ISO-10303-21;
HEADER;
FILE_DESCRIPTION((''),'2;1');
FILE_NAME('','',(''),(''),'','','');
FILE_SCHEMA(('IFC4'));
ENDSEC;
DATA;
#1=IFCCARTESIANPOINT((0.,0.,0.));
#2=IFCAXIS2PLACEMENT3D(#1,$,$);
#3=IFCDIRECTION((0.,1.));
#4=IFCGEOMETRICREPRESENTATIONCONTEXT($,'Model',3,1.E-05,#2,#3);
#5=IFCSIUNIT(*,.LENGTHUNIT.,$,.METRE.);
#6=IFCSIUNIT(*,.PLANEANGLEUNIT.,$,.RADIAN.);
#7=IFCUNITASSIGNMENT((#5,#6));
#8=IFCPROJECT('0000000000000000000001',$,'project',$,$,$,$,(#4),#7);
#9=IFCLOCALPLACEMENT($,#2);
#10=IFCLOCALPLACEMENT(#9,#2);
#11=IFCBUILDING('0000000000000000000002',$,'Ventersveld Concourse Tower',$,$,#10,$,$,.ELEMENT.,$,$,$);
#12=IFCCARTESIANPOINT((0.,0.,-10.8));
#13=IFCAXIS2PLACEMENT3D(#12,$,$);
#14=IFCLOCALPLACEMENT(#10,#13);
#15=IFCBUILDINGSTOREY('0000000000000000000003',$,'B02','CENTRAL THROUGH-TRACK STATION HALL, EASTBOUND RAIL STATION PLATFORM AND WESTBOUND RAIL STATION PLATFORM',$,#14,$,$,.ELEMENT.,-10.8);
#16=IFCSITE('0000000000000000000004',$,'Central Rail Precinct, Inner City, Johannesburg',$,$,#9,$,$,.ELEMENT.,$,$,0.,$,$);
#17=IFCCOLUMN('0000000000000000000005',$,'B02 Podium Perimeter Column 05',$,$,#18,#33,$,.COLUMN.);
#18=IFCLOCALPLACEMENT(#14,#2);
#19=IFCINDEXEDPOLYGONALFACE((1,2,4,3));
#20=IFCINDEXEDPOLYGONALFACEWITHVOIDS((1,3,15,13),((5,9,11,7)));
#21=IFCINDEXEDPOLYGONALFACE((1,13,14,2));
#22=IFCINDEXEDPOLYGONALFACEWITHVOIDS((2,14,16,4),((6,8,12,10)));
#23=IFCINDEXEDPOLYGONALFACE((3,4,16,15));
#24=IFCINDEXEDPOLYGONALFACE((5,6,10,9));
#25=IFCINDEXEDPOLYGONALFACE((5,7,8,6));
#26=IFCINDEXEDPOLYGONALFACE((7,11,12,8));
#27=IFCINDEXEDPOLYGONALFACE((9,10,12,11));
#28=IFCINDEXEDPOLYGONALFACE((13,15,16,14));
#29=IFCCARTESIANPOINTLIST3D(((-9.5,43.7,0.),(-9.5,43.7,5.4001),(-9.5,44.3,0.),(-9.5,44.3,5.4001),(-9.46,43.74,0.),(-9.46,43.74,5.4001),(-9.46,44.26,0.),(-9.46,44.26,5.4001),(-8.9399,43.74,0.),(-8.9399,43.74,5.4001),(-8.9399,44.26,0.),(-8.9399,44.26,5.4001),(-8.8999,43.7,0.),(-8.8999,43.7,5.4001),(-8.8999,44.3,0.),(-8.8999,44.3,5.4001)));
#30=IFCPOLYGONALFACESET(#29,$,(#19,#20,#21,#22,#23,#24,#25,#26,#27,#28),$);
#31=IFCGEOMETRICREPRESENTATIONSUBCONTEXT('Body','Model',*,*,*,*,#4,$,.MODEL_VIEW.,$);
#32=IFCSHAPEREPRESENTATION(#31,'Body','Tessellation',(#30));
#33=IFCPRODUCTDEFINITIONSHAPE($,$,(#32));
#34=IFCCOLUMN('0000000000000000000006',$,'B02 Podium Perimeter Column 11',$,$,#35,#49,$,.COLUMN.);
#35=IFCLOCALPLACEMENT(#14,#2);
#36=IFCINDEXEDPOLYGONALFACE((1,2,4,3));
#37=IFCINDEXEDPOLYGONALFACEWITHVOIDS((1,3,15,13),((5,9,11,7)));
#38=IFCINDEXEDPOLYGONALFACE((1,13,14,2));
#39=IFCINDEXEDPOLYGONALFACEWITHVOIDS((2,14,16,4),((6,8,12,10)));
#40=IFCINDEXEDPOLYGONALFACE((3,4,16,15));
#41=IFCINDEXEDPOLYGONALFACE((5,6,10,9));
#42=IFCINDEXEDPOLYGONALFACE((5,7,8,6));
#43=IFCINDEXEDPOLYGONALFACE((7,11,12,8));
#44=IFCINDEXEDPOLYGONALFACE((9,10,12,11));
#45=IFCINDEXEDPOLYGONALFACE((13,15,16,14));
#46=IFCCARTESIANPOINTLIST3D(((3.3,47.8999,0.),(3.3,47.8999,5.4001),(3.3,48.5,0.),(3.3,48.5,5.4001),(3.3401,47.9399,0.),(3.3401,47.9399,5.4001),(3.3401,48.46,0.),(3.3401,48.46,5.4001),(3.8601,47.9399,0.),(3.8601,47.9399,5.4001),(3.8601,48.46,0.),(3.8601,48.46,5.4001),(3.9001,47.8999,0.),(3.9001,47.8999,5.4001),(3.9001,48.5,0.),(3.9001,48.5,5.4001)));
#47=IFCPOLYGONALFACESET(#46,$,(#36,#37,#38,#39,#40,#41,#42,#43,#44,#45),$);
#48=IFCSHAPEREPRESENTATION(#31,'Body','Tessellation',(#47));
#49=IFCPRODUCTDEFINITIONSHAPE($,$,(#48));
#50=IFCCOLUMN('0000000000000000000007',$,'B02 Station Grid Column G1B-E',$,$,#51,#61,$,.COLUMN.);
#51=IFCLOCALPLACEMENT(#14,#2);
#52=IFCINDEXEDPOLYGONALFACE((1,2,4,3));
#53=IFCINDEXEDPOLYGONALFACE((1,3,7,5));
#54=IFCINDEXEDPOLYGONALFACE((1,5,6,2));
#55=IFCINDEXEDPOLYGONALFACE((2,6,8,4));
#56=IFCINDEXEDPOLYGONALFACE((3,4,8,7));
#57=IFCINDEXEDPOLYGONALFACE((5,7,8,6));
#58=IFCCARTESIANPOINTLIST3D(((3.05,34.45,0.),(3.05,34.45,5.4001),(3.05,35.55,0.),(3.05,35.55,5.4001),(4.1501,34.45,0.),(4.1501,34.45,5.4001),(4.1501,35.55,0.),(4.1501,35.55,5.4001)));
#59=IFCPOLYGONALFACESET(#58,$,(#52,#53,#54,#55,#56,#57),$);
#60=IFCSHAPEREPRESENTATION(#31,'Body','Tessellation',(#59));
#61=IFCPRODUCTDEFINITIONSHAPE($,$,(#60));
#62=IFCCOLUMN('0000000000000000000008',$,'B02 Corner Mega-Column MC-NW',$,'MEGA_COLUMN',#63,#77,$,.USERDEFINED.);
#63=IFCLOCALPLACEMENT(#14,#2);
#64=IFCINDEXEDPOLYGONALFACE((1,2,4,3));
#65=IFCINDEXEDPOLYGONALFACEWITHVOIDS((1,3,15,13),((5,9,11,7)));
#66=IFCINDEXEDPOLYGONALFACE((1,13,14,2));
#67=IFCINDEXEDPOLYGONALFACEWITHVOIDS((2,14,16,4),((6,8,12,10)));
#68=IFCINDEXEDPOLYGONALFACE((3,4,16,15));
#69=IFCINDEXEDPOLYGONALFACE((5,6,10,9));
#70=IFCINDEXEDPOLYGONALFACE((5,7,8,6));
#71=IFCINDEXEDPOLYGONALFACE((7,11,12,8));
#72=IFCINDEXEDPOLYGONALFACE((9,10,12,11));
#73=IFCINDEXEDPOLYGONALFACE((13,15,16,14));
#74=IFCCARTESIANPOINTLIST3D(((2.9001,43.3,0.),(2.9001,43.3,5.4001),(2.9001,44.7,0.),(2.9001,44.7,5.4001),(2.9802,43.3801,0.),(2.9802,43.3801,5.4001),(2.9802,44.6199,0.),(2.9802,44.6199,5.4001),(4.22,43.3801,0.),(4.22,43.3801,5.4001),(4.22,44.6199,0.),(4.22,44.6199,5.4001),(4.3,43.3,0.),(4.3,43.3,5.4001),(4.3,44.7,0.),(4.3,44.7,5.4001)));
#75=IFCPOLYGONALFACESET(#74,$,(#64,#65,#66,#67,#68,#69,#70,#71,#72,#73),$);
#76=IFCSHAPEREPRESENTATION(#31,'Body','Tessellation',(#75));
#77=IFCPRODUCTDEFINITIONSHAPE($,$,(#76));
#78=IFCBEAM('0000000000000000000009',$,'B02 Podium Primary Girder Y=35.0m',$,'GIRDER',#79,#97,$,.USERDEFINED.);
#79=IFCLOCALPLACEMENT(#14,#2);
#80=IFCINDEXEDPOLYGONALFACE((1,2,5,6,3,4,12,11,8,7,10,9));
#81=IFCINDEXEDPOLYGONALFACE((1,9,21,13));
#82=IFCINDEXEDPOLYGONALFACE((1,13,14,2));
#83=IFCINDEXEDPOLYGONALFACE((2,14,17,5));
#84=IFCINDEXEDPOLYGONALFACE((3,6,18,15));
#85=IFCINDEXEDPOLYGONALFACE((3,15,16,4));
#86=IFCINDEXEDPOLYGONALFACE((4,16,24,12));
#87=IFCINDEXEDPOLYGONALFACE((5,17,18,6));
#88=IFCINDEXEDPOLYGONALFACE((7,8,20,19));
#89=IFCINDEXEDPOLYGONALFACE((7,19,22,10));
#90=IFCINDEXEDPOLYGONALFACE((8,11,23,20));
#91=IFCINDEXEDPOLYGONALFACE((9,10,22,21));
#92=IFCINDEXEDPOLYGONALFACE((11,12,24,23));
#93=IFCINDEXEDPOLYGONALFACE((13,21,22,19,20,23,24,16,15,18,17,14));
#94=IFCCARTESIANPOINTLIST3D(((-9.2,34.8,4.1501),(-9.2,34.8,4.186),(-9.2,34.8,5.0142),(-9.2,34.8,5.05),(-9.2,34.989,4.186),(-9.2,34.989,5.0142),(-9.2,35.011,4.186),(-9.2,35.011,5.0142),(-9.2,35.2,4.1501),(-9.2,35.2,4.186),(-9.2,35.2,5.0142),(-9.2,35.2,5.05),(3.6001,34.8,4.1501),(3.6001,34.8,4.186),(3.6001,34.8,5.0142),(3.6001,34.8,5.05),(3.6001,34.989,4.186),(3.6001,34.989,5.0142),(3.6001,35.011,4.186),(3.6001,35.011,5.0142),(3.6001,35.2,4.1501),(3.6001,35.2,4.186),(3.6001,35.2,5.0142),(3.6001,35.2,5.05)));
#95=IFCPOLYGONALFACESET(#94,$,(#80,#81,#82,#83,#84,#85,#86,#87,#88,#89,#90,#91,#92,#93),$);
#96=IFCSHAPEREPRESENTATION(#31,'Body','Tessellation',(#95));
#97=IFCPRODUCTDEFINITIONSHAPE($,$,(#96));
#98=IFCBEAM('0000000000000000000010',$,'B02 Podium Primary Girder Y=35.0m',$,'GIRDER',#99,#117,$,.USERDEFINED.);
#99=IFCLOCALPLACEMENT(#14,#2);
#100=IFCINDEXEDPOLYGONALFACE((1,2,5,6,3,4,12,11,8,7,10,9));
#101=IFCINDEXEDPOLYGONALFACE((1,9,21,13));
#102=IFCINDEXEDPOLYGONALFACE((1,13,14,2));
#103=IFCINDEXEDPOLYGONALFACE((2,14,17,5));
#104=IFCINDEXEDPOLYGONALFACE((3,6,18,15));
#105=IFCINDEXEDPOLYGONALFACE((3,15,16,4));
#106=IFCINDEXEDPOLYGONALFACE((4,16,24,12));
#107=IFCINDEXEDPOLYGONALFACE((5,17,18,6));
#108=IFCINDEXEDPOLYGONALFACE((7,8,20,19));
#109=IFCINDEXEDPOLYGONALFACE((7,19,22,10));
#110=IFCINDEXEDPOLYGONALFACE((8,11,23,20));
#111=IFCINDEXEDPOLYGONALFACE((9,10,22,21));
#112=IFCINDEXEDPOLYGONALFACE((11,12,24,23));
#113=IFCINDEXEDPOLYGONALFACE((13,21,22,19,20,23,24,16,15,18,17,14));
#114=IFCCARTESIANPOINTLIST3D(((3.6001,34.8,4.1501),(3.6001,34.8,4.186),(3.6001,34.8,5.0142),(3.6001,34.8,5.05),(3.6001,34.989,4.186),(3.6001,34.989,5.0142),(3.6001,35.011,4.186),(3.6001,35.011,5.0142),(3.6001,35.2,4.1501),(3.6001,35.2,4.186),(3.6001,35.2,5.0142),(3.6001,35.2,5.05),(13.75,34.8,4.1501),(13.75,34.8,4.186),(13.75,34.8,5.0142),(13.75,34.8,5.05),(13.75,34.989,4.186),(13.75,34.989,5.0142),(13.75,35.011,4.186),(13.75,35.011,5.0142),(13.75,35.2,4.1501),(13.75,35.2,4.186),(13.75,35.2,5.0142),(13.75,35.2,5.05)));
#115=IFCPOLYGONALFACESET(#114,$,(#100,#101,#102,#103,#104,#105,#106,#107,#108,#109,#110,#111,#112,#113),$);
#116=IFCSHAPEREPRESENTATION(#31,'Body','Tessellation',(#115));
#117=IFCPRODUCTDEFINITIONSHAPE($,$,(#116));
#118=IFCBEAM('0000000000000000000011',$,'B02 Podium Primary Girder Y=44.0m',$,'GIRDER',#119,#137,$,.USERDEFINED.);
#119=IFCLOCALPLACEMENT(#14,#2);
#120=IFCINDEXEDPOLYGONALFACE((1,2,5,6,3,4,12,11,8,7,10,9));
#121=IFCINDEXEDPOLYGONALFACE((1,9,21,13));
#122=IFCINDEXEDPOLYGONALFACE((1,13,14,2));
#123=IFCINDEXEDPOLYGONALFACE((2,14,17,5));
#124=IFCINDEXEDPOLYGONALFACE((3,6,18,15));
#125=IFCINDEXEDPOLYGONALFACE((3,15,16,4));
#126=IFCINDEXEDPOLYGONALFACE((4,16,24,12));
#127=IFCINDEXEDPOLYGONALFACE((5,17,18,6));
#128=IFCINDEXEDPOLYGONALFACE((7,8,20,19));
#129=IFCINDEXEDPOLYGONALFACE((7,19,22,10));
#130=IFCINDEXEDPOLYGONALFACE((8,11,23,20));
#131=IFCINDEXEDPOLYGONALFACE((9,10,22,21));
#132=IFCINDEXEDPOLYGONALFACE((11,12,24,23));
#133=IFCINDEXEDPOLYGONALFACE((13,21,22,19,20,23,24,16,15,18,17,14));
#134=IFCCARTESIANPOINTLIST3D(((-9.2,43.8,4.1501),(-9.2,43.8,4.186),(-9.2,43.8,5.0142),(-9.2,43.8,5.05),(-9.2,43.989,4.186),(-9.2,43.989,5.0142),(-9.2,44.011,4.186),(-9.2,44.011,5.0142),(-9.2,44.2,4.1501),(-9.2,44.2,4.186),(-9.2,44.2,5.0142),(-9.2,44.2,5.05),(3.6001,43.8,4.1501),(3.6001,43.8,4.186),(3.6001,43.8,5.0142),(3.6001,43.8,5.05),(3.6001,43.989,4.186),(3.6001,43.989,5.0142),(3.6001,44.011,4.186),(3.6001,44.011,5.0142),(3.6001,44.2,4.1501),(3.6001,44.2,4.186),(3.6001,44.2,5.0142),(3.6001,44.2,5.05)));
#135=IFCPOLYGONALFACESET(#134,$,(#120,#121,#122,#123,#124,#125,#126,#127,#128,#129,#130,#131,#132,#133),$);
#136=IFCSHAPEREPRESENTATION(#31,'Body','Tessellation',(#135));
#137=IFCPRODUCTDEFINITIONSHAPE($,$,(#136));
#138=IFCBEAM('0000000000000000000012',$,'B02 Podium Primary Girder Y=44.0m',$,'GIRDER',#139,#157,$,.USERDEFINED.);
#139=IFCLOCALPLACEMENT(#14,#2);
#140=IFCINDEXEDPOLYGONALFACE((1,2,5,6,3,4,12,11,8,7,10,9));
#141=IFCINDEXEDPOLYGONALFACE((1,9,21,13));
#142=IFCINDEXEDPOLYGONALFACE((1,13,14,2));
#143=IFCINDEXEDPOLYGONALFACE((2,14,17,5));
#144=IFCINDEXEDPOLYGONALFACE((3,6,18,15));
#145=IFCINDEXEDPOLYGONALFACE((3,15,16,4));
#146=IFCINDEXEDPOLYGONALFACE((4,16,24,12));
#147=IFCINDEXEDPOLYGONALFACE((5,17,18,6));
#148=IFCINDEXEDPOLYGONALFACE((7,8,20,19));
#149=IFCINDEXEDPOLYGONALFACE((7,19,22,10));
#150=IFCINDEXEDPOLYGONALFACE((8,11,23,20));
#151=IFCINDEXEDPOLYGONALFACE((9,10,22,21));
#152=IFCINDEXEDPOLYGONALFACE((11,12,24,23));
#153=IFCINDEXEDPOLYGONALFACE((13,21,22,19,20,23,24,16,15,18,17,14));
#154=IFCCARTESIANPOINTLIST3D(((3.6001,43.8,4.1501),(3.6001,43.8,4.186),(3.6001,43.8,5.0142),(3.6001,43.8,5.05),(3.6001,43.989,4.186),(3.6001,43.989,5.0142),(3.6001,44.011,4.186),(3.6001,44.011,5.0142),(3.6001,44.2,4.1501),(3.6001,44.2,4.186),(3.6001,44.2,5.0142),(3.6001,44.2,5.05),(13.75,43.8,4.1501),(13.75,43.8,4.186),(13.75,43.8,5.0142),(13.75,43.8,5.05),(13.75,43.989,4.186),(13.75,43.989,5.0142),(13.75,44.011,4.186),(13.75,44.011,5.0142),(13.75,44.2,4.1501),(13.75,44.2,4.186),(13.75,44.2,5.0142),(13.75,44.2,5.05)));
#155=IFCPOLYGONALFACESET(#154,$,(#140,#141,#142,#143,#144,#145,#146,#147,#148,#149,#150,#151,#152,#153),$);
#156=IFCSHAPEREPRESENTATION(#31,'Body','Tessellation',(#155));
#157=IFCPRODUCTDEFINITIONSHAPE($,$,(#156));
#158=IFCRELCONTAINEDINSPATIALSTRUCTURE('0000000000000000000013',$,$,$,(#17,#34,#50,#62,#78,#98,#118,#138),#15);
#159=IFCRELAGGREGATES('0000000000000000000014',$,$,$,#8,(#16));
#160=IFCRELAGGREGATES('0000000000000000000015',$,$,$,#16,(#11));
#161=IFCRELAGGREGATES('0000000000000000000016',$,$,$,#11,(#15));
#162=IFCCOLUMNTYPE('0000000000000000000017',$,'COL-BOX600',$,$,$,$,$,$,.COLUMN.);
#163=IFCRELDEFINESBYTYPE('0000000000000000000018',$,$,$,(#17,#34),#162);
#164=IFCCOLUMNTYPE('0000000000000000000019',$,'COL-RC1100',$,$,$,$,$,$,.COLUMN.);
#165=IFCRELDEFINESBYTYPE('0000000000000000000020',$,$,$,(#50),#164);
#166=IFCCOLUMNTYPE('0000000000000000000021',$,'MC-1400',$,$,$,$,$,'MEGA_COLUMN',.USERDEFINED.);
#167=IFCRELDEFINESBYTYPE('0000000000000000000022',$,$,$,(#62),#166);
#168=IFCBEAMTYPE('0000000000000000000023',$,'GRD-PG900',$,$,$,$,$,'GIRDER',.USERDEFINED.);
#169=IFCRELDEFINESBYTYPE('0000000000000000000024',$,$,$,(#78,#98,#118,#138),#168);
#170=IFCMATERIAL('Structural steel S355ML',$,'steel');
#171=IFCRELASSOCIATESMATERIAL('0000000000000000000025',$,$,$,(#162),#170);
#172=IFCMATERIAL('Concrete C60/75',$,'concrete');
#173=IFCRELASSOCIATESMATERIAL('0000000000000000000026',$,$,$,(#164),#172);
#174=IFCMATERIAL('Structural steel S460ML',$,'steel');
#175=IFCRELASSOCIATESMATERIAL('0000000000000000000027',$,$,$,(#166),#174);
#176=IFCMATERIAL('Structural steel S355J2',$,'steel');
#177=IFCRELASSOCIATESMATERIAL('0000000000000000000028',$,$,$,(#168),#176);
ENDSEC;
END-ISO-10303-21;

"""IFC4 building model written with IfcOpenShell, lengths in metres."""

from ifc_helpers import new_model, si_unit, direction, frame, origin, origin_2d, place, context, subcontext, project, spatial, rectangle, hollow_rectangle, i_section, extrude, material, material_profile, profile_set, type_object, element, save


model = new_model("IFC4")

# Units and contexts
model_context = context("Model", 3, precision=1e-05, world=origin(), true_north=direction((0.0, 1.0)))
body_context = subcontext(model_context, "Body", "Model", "MODEL_VIEW")
ifc_project = project(units=[si_unit("LENGTHUNIT", "METRE"), si_unit("PLANEANGLEUNIT", "RADIAN")], contexts=[model_context])

# Site, building, storey
site_placement = place(None, origin())
site = spatial("IfcSite", under=ifc_project, at=site_placement, Name="Central Rail Precinct, Inner City, Johannesburg", CompositionType="ELEMENT", RefElevation=0.0)
building_placement = place(site_placement, origin())
building = spatial("IfcBuilding", under=site, at=building_placement, Name="Ventersveld Concourse Tower", CompositionType="ELEMENT")
storey_placement = place(building_placement, frame((0.0, 0.0, -10.8)))
storey = spatial("IfcBuildingStorey", under=building, at=storey_placement, Name="B02", Description="CENTRAL THROUGH-TRACK STATION HALL, EASTBOUND RAIL STATION PLATFORM AND WESTBOUND RAIL STATION PLATFORM", CompositionType="ELEMENT", Elevation=-10.8)

# Columns
ifc_material_1 = material(Name="Structural steel S355ML", Category="steel")
ifc_material_profile_1 = material_profile(ifc_material_1, hollow_rectangle(XDim=0.6001, YDim=0.6001, WallThickness=0.04, at=origin_2d()), Name="BOX 600x600x40")
ifc_profile_set_1 = profile_set([ifc_material_profile_1], Name="Structural steel S355ML")
column_type_1 = type_object("IfcColumnType", Name="COL-BOX600", PredefinedType="COLUMN", material=ifc_profile_set_1)
for number, where, z_axis, x_axis, name in (
    (1, (-9.2, 44.0, 0.0), (0.0, 0.0, 1.0), (1.0, 0.0, 0.0), "B02 Podium Perimeter Column 05"),
    (2, (3.6001, 48.2, 0.0), (0.0, 0.0, 1.0), (1.0, 0.0, 0.0), "B02 Podium Perimeter Column 11"),
):
    element("IfcColumn", number, at=place(storey_placement, frame(where, z_axis=z_axis, x_axis=x_axis)), inside=storey, type_object=column_type_1, Name=name, PredefinedType="COLUMN", context=body_context, shape_type="SweptSolid", body=[
        extrude(hollow_rectangle(XDim=0.6001, YDim=0.6001, WallThickness=0.04, at=origin_2d()), origin(), (0.0, 0.0, 1.0), 5.4001),
    ])
ifc_material_2 = material(Name="Concrete C60/75", Category="concrete")
ifc_material_profile_2 = material_profile(ifc_material_2, rectangle(XDim=1.1001, YDim=1.1001, at=origin_2d()), Name="RC 1100x1100")
ifc_profile_set_2 = profile_set([ifc_material_profile_2], Name="Concrete C60/75")
column_type_2 = type_object("IfcColumnType", Name="COL-RC1100", PredefinedType="COLUMN", material=ifc_profile_set_2)
column_1_placement = place(storey_placement, frame((3.6001, 35.0, 0.0), z_axis=(0.0, 0.0, 1.0), x_axis=(1.0, 0.0, 0.0)))
element("IfcColumn", 3, at=column_1_placement, inside=storey, type_object=column_type_2, Name="B02 Station Grid Column G1B-E", PredefinedType="COLUMN", context=body_context, shape_type="SweptSolid", body=[
    extrude(rectangle(XDim=1.1001, YDim=1.1001, at=origin_2d()), origin(), (0.0, 0.0, 1.0), 5.4001),
])
ifc_material_3 = material(Name="Structural steel S460ML", Category="steel")
ifc_material_profile_3 = material_profile(ifc_material_3, hollow_rectangle(XDim=1.3999, YDim=1.3999, WallThickness=0.0801, at=origin_2d()), Name="BOX 1400x1400x80")
ifc_profile_set_3 = profile_set([ifc_material_profile_3], Name="Structural steel S460ML")
column_type_3 = type_object("IfcColumnType", Name="MC-1400", ElementType="MEGA_COLUMN", PredefinedType="USERDEFINED", material=ifc_profile_set_3)
column_2_placement = place(storey_placement, frame((3.6001, 44.0, 0.0), z_axis=(0.0, 0.0, 1.0), x_axis=(1.0, 0.0, 0.0)))
element("IfcColumn", 4, at=column_2_placement, inside=storey, type_object=column_type_3, Name="B02 Corner Mega-Column MC-NW", ObjectType="MEGA_COLUMN", PredefinedType="USERDEFINED", context=body_context, shape_type="SweptSolid", body=[
    extrude(hollow_rectangle(XDim=1.3999, YDim=1.3999, WallThickness=0.0801, at=origin_2d()), origin(), (0.0, 0.0, 1.0), 5.4001),
])

# Beams
ifc_material_4 = material(Name="Structural steel S355J2", Category="steel")
ifc_material_profile_4 = material_profile(ifc_material_4, i_section(OverallWidth=0.3999, OverallDepth=0.8999, WebThickness=0.022, FlangeThickness=0.0359, at=origin_2d()), Name="PG 900x400x36")
ifc_profile_set_4 = profile_set([ifc_material_profile_4], Name="Structural steel S355J2")
beam_type_1 = type_object("IfcBeamType", Name="GRD-PG900", ElementType="GIRDER", PredefinedType="USERDEFINED", material=ifc_profile_set_4)
beam_1_placement = place(storey_placement, frame((-9.2, 35.0, 4.6001), z_axis=(1.0, 0.0, 0.0), x_axis=(0.0, 1.0, 0.0)))
element("IfcBeam", 5, at=beam_1_placement, inside=storey, type_object=beam_type_1, Name="B02 Podium Primary Girder Y=35.0m", ObjectType="GIRDER", PredefinedType="USERDEFINED", context=body_context, shape_type="SweptSolid", body=[
    extrude(i_section(OverallWidth=0.3999, OverallDepth=0.8999, WebThickness=0.022, FlangeThickness=0.0359, at=origin_2d()), origin(), (0.0, 0.0, 1.0), 12.8),
])
beam_2_placement = place(storey_placement, frame((3.6001, 35.0, 4.6001), z_axis=(1.0, 0.0, 0.0), x_axis=(0.0, 1.0, 0.0)))
element("IfcBeam", 6, at=beam_2_placement, inside=storey, type_object=beam_type_1, Name="B02 Podium Primary Girder Y=35.0m", ObjectType="GIRDER", PredefinedType="USERDEFINED", context=body_context, shape_type="SweptSolid", body=[
    extrude(i_section(OverallWidth=0.3999, OverallDepth=0.8999, WebThickness=0.022, FlangeThickness=0.0359, at=origin_2d()), origin(), (0.0, 0.0, 1.0), 10.1499),
])
beam_3_placement = place(storey_placement, frame((-9.2, 44.0, 4.6001), z_axis=(1.0, 0.0, 0.0), x_axis=(0.0, 1.0, 0.0)))
element("IfcBeam", 7, at=beam_3_placement, inside=storey, type_object=beam_type_1, Name="B02 Podium Primary Girder Y=44.0m", ObjectType="GIRDER", PredefinedType="USERDEFINED", context=body_context, shape_type="SweptSolid", body=[
    extrude(i_section(OverallWidth=0.3999, OverallDepth=0.8999, WebThickness=0.022, FlangeThickness=0.0359, at=origin_2d()), origin(), (0.0, 0.0, 1.0), 12.8),
])
beam_4_placement = place(storey_placement, frame((3.6001, 44.0, 4.6001), z_axis=(1.0, 0.0, 0.0), x_axis=(0.0, 1.0, 0.0)))
element("IfcBeam", 8, at=beam_4_placement, inside=storey, type_object=beam_type_1, Name="B02 Podium Primary Girder Y=44.0m", ObjectType="GIRDER", PredefinedType="USERDEFINED", context=body_context, shape_type="SweptSolid", body=[
    extrude(i_section(OverallWidth=0.3999, OverallDepth=0.8999, WebThickness=0.022, FlangeThickness=0.0359, at=origin_2d()), origin(), (0.0, 0.0, 1.0), 10.1499),
])

save(model, "model.ifc")
